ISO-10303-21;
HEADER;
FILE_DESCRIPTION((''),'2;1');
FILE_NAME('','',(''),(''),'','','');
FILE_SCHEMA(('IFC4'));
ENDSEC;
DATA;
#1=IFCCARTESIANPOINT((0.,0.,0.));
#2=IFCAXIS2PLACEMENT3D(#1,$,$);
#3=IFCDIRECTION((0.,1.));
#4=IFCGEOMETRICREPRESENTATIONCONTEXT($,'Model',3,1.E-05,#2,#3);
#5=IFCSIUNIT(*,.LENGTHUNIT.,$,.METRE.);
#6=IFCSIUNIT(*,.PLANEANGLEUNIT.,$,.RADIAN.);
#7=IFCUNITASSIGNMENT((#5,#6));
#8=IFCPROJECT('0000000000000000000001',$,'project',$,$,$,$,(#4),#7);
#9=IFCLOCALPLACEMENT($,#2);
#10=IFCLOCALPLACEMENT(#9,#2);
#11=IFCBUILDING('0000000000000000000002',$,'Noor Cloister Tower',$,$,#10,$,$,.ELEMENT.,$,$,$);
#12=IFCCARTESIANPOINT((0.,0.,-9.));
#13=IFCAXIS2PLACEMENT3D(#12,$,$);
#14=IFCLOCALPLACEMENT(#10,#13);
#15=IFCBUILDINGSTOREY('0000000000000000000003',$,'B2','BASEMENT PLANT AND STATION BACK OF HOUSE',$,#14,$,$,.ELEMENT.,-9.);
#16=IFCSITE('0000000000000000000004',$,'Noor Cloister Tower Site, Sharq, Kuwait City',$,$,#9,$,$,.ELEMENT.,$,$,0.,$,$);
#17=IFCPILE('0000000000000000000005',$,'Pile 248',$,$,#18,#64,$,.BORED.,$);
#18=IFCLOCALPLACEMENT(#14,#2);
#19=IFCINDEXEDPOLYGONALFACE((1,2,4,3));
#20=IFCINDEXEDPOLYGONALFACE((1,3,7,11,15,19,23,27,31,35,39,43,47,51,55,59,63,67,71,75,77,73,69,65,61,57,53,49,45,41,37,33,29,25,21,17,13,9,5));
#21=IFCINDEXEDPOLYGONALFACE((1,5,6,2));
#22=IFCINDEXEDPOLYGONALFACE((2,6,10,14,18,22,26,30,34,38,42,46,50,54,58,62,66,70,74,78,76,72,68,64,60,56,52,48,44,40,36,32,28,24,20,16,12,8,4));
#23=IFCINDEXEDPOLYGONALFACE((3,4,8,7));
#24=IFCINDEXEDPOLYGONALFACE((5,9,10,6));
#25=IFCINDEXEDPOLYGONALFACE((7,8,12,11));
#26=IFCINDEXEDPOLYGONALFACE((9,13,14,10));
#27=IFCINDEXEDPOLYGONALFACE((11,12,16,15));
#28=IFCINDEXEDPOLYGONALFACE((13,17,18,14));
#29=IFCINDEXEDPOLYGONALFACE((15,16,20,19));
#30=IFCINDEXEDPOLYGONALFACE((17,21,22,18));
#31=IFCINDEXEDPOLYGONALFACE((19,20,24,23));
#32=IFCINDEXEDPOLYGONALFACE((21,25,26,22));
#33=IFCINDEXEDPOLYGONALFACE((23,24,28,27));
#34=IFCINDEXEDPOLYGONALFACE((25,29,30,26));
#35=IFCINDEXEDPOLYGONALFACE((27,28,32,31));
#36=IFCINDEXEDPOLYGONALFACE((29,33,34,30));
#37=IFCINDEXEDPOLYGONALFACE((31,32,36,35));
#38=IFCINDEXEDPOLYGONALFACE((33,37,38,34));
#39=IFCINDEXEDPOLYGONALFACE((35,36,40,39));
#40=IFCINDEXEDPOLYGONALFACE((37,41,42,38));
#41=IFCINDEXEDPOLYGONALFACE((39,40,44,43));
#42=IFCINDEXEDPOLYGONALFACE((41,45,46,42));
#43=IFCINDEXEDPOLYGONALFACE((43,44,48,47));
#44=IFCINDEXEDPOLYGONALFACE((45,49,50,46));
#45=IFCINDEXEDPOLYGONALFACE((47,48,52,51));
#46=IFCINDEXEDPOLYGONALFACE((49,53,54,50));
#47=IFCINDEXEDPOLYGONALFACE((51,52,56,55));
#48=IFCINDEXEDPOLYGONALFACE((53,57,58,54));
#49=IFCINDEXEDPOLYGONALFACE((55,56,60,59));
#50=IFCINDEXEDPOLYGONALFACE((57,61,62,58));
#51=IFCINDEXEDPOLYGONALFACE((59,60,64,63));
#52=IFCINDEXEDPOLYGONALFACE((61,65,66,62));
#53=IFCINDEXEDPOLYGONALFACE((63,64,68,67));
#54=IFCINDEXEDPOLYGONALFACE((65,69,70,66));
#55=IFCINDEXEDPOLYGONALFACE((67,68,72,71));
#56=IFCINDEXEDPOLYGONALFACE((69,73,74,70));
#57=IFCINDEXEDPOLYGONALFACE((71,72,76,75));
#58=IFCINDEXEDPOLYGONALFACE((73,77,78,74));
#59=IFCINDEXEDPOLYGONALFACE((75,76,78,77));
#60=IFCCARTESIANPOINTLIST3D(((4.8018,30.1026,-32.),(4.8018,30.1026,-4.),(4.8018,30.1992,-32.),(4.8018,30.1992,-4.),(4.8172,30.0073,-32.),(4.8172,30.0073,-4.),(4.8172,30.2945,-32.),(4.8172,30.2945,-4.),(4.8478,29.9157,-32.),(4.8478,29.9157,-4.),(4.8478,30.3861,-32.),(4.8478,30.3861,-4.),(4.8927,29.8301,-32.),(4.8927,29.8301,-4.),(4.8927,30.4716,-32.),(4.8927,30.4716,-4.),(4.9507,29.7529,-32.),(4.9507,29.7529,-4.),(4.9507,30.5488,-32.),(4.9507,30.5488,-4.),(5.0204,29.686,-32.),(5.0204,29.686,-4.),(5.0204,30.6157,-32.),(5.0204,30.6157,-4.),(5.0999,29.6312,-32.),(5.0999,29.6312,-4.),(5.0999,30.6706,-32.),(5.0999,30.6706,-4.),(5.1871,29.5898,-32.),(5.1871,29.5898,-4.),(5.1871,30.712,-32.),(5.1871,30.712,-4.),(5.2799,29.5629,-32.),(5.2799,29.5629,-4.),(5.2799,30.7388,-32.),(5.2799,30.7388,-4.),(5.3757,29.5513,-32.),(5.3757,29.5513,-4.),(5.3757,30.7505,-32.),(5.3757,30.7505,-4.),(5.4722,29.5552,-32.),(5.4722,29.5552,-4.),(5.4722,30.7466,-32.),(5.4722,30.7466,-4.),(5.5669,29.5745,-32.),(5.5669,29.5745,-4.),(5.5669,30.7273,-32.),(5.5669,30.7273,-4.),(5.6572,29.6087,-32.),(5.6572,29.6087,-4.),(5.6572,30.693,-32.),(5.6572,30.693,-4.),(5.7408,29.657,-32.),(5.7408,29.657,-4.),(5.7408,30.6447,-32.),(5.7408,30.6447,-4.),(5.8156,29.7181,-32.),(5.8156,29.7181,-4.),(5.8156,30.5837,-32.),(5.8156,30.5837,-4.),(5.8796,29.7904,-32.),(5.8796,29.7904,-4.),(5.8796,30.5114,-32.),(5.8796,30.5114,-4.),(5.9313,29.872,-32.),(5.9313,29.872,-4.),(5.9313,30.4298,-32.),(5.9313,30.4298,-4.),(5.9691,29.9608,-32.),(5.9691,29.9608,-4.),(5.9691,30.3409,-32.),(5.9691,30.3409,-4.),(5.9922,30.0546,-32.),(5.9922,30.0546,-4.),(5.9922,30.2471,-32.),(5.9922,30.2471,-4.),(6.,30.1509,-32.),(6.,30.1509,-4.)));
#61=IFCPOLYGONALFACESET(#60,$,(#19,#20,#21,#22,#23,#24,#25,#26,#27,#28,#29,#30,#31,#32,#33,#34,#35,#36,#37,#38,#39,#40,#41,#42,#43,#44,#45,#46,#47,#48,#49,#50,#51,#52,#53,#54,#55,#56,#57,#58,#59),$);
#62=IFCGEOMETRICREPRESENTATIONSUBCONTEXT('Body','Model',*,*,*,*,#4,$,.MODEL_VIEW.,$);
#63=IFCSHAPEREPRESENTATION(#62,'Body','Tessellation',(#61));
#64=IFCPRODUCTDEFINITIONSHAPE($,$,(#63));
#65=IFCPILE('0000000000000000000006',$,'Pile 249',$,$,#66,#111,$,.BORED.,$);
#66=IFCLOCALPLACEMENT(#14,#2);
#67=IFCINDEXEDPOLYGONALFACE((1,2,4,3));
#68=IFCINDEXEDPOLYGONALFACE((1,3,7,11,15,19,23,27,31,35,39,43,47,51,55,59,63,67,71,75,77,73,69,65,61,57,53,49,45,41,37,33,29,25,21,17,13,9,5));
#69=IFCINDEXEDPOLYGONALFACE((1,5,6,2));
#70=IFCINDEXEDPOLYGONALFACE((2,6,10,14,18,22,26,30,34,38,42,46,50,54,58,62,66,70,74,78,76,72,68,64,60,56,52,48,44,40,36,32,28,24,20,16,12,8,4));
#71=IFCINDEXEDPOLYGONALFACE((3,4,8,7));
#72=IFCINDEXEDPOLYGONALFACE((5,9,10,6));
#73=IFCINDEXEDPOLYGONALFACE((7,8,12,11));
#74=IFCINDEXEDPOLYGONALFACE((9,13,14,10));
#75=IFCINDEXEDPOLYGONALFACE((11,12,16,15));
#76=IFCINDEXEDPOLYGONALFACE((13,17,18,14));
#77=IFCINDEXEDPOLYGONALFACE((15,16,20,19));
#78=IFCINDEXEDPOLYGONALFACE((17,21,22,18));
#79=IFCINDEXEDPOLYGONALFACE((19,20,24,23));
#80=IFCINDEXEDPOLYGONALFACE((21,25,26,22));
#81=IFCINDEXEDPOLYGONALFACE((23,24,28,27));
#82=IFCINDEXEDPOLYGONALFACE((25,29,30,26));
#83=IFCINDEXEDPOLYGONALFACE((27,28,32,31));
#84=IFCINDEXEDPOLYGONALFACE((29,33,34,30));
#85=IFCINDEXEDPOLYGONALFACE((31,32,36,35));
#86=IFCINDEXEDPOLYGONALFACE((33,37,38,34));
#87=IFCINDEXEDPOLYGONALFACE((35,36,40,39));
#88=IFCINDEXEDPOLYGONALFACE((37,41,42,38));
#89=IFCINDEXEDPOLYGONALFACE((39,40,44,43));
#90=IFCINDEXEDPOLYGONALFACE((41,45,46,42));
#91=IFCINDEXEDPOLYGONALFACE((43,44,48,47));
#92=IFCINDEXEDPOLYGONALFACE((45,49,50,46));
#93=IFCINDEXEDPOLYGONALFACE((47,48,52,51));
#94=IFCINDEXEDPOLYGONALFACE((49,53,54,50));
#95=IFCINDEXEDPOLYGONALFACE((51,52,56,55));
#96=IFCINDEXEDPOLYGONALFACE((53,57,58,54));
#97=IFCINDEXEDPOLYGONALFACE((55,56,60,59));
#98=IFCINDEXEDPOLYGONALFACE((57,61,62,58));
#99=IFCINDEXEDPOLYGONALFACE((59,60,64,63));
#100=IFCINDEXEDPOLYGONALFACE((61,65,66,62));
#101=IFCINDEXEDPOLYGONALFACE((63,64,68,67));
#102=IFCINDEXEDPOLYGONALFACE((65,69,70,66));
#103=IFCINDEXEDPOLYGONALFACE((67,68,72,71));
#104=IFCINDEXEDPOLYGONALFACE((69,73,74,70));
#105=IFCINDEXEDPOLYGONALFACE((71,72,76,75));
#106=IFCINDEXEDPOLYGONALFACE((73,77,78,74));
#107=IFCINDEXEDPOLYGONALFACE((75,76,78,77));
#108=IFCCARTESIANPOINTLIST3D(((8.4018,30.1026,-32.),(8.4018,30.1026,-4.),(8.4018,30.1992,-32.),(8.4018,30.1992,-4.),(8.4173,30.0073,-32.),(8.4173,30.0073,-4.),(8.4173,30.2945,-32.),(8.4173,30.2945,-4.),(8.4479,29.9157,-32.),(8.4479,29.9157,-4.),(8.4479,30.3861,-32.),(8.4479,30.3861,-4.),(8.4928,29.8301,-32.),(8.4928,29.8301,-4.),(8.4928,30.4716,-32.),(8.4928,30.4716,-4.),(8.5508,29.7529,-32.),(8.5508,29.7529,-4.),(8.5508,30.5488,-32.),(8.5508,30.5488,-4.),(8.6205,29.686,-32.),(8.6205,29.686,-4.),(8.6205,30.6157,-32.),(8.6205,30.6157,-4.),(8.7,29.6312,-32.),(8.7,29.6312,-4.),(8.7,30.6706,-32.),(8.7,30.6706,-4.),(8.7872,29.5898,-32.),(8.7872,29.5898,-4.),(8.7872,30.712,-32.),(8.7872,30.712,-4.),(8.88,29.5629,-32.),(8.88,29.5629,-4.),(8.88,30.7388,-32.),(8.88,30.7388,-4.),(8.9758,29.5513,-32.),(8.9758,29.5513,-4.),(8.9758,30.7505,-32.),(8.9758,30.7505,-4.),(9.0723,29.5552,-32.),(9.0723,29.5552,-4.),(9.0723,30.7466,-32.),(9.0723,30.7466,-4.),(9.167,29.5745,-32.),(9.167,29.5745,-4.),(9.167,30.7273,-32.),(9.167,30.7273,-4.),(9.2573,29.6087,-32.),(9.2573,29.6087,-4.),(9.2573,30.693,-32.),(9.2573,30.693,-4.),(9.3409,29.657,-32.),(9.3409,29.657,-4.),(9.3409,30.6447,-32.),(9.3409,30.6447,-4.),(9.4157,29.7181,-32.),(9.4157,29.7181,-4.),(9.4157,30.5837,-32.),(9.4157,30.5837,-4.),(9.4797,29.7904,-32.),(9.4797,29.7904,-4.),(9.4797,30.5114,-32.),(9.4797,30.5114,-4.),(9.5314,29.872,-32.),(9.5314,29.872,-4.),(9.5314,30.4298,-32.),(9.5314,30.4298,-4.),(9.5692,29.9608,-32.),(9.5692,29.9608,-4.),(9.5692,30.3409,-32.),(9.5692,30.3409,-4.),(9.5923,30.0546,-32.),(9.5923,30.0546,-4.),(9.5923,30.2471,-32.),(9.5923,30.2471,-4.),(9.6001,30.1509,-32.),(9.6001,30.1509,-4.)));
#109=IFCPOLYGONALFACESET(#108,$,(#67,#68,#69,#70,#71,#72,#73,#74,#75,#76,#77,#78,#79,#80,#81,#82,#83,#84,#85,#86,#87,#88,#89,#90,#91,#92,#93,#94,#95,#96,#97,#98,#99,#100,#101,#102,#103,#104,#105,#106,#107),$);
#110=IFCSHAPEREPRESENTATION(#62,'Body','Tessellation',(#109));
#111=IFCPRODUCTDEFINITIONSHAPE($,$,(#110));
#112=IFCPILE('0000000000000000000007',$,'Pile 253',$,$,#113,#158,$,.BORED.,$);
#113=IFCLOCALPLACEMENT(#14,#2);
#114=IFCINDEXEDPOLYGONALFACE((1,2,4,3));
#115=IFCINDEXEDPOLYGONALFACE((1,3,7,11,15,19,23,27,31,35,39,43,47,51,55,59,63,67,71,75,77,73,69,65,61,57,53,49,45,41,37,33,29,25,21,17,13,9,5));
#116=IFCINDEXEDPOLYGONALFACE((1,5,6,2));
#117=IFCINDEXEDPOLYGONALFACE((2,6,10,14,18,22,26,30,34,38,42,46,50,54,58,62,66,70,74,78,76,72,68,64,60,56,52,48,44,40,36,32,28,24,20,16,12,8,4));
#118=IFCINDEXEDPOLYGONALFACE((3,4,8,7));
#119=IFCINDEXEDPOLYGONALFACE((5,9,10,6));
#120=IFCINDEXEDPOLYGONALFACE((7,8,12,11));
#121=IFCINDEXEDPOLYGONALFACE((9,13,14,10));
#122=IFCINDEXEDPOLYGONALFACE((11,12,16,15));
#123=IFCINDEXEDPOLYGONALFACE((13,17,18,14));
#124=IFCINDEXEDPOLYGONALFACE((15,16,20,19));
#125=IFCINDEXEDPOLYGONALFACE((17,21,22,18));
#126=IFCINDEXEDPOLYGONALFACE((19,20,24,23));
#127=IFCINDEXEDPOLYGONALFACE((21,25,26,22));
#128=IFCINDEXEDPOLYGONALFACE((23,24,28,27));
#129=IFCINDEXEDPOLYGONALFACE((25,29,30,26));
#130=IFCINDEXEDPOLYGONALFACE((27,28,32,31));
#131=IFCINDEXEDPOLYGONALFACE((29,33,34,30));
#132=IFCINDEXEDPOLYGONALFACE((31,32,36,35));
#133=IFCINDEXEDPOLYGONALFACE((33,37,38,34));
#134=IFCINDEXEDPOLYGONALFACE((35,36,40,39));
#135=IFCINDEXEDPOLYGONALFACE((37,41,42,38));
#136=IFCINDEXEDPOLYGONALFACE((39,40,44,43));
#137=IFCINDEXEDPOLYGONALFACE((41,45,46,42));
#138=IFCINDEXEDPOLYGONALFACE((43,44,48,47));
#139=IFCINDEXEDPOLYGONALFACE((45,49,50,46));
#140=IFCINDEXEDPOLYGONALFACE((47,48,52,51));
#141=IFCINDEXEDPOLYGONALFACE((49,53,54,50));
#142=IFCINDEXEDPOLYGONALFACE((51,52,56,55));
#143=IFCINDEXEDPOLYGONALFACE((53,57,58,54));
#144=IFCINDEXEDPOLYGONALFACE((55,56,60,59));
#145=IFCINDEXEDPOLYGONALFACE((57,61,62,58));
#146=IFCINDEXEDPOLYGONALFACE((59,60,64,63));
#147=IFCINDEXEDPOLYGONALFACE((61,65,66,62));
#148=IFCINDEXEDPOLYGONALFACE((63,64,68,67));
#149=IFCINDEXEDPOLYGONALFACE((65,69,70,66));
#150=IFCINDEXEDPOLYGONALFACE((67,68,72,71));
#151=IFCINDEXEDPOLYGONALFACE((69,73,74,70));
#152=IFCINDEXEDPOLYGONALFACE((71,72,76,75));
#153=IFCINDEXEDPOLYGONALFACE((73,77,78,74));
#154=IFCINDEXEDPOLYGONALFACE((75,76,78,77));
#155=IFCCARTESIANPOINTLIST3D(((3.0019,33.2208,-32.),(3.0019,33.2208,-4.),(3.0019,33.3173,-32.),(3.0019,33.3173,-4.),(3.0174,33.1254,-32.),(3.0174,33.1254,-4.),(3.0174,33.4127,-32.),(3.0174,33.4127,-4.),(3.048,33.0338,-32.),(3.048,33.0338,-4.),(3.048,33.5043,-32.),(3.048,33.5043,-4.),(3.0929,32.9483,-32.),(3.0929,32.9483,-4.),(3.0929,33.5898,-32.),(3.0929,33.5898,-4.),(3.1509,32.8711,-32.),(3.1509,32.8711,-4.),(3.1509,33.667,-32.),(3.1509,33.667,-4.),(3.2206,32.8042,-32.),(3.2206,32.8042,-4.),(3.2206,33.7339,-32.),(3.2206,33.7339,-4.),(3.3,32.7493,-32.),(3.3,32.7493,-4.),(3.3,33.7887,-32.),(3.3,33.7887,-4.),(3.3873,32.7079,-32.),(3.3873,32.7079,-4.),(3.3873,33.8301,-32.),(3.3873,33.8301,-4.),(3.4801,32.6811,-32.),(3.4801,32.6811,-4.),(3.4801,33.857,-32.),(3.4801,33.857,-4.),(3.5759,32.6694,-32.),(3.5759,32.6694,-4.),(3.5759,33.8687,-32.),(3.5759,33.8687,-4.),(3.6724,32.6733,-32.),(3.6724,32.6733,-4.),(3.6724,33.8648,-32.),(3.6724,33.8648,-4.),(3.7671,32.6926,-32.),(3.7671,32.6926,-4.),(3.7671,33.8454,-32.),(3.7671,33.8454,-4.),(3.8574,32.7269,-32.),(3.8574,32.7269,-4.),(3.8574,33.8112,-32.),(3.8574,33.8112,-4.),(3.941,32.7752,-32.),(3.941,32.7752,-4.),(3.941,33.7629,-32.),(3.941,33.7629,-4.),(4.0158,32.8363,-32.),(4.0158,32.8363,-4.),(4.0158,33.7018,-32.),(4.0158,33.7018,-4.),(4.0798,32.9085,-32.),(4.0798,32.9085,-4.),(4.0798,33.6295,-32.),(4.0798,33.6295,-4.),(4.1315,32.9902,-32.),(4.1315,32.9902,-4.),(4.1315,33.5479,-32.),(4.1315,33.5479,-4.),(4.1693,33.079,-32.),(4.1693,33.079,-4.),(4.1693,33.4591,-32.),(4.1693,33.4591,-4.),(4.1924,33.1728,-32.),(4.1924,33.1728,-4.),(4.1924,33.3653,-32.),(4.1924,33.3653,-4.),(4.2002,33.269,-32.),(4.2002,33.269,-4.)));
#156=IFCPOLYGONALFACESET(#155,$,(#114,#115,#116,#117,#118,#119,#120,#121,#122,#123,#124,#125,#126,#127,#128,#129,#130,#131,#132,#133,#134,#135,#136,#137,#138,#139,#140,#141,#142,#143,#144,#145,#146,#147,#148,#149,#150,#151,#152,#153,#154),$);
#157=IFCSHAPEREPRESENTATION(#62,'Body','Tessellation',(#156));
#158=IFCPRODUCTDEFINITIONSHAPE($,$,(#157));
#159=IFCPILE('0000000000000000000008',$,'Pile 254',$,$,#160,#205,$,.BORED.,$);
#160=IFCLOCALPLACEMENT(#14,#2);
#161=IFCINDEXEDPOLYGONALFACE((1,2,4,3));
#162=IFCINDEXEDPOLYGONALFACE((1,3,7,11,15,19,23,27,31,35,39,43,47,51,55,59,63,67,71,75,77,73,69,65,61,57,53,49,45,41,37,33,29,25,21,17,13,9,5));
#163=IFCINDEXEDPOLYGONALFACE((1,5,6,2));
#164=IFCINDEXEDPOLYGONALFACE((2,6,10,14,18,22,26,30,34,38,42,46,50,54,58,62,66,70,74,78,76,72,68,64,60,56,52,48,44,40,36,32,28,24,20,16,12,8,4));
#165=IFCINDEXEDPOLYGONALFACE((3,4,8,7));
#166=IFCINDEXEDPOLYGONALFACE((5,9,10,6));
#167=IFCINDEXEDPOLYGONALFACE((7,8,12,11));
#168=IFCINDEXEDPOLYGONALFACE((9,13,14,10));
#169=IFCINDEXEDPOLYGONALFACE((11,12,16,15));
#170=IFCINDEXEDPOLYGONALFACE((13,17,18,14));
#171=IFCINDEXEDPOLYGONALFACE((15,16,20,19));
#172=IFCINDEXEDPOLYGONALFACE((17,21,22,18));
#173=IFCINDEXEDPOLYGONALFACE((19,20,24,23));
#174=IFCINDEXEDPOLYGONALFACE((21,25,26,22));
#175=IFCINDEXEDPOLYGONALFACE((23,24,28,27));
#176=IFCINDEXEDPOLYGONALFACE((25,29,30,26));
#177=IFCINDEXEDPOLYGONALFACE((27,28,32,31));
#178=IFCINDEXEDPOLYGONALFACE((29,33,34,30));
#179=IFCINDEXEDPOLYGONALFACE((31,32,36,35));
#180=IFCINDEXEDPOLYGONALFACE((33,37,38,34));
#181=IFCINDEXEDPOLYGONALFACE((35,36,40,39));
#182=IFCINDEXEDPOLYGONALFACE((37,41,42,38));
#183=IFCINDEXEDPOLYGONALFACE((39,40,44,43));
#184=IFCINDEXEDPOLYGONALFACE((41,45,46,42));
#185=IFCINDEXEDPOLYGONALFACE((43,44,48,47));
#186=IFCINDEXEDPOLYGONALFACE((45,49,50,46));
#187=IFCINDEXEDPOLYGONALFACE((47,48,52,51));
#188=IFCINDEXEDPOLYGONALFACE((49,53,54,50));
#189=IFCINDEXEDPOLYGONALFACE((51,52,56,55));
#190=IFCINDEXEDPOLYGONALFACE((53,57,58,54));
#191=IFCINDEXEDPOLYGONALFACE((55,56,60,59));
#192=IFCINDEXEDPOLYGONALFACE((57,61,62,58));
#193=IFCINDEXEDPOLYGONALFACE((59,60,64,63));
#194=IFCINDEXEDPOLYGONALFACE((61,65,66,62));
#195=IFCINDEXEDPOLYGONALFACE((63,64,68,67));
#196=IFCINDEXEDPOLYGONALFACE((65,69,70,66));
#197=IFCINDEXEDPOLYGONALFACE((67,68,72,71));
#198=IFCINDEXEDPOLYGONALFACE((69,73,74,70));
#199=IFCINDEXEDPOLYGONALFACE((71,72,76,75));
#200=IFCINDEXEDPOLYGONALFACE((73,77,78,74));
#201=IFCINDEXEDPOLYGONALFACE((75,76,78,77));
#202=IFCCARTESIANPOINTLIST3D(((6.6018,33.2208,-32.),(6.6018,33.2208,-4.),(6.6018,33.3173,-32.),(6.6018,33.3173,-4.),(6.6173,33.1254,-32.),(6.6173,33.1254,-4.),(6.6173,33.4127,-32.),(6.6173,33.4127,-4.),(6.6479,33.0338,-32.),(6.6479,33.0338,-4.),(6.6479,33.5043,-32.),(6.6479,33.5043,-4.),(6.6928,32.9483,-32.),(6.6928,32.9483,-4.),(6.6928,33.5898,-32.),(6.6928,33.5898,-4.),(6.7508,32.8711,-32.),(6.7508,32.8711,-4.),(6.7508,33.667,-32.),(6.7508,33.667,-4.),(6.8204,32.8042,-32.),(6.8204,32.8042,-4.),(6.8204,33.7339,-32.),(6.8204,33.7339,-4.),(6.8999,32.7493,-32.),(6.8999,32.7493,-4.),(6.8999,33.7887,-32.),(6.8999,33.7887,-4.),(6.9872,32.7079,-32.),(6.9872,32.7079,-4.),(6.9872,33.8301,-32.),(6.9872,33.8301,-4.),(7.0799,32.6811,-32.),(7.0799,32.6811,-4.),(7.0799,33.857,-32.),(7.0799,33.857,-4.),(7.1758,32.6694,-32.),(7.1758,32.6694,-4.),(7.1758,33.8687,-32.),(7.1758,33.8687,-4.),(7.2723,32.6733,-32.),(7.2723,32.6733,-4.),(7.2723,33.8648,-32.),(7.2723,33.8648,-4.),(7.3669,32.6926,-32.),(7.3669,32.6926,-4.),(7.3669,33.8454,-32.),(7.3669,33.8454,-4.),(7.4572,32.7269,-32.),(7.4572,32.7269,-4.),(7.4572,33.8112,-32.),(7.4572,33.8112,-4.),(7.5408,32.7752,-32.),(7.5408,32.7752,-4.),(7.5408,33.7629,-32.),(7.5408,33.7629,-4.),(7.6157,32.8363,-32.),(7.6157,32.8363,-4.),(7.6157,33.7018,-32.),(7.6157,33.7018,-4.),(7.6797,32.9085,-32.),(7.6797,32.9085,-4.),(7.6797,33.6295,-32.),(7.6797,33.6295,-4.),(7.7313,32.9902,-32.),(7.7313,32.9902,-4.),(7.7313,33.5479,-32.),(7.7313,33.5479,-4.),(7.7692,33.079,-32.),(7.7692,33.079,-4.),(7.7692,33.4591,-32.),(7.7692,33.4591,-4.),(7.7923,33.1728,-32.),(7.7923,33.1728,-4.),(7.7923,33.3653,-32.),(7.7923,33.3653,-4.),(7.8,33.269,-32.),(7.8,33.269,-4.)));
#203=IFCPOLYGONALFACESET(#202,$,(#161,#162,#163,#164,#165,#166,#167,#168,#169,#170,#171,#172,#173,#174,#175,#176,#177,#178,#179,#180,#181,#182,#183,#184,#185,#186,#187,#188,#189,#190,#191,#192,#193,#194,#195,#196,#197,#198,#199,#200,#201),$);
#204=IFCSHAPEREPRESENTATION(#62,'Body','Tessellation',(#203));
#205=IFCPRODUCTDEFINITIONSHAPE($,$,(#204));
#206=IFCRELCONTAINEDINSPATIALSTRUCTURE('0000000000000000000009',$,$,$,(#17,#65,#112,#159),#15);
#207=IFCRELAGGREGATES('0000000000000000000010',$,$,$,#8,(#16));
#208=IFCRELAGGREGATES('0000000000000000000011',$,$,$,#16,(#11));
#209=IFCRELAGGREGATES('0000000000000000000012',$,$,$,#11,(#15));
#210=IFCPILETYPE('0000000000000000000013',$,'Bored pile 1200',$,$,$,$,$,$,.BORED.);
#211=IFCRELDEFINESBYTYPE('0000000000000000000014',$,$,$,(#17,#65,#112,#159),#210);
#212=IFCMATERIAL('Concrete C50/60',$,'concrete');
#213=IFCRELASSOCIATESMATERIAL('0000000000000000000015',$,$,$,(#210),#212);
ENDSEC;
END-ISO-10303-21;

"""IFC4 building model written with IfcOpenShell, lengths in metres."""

from ifc_helpers import new_model, si_unit, direction, frame, origin, origin_2d, place, context, subcontext, project, spatial, circle, extrude, material, material_profile, profile_set, type_object, element, save


model = new_model("IFC4")

# Units and contexts
model_context = context("Model", 3, precision=1e-05, world=origin(), true_north=direction((0.0, 1.0)))
body_context = subcontext(model_context, "Body", "Model", "MODEL_VIEW")
ifc_project = project(units=[si_unit("LENGTHUNIT", "METRE"), si_unit("PLANEANGLEUNIT", "RADIAN")], contexts=[model_context])

# Site, building, storey
site_placement = place(None, origin())
site = spatial("IfcSite", under=ifc_project, at=site_placement, Name="Noor Cloister Tower Site, Sharq, Kuwait City", CompositionType="ELEMENT", RefElevation=0.0)
building_placement = place(site_placement, origin())
building = spatial("IfcBuilding", under=site, at=building_placement, Name="Noor Cloister Tower", CompositionType="ELEMENT")
storey_placement = place(building_placement, frame((0.0, 0.0, -9.0)))
storey = spatial("IfcBuildingStorey", under=building, at=storey_placement, Name="B2", Description="BASEMENT PLANT AND STATION BACK OF HOUSE", CompositionType="ELEMENT", Elevation=-9.0)

# Piles
ifc_material_1 = material(Name="Concrete C50/60", Category="concrete")
ifc_material_profile_1 = material_profile(ifc_material_1, circle(Radius=0.6001, at=origin_2d()), Name="Bored pile 1200")
ifc_profile_set_1 = profile_set([ifc_material_profile_1], Name="Concrete C50/60")
pile_type = type_object("IfcPileType", Name="Bored pile 1200", PredefinedType="BORED", material=ifc_profile_set_1)
for number, where, z_axis, x_axis, name in (
    (1, (5.3999, 30.1509, -4.0), (0.0, 0.0, -1.0), (1.0, 0.0, 0.0), "Pile 248"),
    (2, (9.0, 30.1509, -4.0), (0.0, 0.0, -1.0), (1.0, 0.0, 0.0), "Pile 249"),
    (3, (3.6001, 33.269, -4.0), (0.0, 0.0, -1.0), (1.0, 0.0, 0.0), "Pile 253"),
    (4, (7.2, 33.269, -4.0), (0.0, 0.0, -1.0), (1.0, 0.0, 0.0), "Pile 254"),
):
    element("IfcPile", number, at=place(storey_placement, frame(where, z_axis=z_axis, x_axis=x_axis)), inside=storey, type_object=pile_type, Name=name, PredefinedType="BORED", context=body_context, shape_type="SweptSolid", body=[
        extrude(circle(Radius=0.6001, at=origin_2d()), origin(), (0.0, 0.0, 1.0), 28.0),
    ])

save(model, "model.ifc")
